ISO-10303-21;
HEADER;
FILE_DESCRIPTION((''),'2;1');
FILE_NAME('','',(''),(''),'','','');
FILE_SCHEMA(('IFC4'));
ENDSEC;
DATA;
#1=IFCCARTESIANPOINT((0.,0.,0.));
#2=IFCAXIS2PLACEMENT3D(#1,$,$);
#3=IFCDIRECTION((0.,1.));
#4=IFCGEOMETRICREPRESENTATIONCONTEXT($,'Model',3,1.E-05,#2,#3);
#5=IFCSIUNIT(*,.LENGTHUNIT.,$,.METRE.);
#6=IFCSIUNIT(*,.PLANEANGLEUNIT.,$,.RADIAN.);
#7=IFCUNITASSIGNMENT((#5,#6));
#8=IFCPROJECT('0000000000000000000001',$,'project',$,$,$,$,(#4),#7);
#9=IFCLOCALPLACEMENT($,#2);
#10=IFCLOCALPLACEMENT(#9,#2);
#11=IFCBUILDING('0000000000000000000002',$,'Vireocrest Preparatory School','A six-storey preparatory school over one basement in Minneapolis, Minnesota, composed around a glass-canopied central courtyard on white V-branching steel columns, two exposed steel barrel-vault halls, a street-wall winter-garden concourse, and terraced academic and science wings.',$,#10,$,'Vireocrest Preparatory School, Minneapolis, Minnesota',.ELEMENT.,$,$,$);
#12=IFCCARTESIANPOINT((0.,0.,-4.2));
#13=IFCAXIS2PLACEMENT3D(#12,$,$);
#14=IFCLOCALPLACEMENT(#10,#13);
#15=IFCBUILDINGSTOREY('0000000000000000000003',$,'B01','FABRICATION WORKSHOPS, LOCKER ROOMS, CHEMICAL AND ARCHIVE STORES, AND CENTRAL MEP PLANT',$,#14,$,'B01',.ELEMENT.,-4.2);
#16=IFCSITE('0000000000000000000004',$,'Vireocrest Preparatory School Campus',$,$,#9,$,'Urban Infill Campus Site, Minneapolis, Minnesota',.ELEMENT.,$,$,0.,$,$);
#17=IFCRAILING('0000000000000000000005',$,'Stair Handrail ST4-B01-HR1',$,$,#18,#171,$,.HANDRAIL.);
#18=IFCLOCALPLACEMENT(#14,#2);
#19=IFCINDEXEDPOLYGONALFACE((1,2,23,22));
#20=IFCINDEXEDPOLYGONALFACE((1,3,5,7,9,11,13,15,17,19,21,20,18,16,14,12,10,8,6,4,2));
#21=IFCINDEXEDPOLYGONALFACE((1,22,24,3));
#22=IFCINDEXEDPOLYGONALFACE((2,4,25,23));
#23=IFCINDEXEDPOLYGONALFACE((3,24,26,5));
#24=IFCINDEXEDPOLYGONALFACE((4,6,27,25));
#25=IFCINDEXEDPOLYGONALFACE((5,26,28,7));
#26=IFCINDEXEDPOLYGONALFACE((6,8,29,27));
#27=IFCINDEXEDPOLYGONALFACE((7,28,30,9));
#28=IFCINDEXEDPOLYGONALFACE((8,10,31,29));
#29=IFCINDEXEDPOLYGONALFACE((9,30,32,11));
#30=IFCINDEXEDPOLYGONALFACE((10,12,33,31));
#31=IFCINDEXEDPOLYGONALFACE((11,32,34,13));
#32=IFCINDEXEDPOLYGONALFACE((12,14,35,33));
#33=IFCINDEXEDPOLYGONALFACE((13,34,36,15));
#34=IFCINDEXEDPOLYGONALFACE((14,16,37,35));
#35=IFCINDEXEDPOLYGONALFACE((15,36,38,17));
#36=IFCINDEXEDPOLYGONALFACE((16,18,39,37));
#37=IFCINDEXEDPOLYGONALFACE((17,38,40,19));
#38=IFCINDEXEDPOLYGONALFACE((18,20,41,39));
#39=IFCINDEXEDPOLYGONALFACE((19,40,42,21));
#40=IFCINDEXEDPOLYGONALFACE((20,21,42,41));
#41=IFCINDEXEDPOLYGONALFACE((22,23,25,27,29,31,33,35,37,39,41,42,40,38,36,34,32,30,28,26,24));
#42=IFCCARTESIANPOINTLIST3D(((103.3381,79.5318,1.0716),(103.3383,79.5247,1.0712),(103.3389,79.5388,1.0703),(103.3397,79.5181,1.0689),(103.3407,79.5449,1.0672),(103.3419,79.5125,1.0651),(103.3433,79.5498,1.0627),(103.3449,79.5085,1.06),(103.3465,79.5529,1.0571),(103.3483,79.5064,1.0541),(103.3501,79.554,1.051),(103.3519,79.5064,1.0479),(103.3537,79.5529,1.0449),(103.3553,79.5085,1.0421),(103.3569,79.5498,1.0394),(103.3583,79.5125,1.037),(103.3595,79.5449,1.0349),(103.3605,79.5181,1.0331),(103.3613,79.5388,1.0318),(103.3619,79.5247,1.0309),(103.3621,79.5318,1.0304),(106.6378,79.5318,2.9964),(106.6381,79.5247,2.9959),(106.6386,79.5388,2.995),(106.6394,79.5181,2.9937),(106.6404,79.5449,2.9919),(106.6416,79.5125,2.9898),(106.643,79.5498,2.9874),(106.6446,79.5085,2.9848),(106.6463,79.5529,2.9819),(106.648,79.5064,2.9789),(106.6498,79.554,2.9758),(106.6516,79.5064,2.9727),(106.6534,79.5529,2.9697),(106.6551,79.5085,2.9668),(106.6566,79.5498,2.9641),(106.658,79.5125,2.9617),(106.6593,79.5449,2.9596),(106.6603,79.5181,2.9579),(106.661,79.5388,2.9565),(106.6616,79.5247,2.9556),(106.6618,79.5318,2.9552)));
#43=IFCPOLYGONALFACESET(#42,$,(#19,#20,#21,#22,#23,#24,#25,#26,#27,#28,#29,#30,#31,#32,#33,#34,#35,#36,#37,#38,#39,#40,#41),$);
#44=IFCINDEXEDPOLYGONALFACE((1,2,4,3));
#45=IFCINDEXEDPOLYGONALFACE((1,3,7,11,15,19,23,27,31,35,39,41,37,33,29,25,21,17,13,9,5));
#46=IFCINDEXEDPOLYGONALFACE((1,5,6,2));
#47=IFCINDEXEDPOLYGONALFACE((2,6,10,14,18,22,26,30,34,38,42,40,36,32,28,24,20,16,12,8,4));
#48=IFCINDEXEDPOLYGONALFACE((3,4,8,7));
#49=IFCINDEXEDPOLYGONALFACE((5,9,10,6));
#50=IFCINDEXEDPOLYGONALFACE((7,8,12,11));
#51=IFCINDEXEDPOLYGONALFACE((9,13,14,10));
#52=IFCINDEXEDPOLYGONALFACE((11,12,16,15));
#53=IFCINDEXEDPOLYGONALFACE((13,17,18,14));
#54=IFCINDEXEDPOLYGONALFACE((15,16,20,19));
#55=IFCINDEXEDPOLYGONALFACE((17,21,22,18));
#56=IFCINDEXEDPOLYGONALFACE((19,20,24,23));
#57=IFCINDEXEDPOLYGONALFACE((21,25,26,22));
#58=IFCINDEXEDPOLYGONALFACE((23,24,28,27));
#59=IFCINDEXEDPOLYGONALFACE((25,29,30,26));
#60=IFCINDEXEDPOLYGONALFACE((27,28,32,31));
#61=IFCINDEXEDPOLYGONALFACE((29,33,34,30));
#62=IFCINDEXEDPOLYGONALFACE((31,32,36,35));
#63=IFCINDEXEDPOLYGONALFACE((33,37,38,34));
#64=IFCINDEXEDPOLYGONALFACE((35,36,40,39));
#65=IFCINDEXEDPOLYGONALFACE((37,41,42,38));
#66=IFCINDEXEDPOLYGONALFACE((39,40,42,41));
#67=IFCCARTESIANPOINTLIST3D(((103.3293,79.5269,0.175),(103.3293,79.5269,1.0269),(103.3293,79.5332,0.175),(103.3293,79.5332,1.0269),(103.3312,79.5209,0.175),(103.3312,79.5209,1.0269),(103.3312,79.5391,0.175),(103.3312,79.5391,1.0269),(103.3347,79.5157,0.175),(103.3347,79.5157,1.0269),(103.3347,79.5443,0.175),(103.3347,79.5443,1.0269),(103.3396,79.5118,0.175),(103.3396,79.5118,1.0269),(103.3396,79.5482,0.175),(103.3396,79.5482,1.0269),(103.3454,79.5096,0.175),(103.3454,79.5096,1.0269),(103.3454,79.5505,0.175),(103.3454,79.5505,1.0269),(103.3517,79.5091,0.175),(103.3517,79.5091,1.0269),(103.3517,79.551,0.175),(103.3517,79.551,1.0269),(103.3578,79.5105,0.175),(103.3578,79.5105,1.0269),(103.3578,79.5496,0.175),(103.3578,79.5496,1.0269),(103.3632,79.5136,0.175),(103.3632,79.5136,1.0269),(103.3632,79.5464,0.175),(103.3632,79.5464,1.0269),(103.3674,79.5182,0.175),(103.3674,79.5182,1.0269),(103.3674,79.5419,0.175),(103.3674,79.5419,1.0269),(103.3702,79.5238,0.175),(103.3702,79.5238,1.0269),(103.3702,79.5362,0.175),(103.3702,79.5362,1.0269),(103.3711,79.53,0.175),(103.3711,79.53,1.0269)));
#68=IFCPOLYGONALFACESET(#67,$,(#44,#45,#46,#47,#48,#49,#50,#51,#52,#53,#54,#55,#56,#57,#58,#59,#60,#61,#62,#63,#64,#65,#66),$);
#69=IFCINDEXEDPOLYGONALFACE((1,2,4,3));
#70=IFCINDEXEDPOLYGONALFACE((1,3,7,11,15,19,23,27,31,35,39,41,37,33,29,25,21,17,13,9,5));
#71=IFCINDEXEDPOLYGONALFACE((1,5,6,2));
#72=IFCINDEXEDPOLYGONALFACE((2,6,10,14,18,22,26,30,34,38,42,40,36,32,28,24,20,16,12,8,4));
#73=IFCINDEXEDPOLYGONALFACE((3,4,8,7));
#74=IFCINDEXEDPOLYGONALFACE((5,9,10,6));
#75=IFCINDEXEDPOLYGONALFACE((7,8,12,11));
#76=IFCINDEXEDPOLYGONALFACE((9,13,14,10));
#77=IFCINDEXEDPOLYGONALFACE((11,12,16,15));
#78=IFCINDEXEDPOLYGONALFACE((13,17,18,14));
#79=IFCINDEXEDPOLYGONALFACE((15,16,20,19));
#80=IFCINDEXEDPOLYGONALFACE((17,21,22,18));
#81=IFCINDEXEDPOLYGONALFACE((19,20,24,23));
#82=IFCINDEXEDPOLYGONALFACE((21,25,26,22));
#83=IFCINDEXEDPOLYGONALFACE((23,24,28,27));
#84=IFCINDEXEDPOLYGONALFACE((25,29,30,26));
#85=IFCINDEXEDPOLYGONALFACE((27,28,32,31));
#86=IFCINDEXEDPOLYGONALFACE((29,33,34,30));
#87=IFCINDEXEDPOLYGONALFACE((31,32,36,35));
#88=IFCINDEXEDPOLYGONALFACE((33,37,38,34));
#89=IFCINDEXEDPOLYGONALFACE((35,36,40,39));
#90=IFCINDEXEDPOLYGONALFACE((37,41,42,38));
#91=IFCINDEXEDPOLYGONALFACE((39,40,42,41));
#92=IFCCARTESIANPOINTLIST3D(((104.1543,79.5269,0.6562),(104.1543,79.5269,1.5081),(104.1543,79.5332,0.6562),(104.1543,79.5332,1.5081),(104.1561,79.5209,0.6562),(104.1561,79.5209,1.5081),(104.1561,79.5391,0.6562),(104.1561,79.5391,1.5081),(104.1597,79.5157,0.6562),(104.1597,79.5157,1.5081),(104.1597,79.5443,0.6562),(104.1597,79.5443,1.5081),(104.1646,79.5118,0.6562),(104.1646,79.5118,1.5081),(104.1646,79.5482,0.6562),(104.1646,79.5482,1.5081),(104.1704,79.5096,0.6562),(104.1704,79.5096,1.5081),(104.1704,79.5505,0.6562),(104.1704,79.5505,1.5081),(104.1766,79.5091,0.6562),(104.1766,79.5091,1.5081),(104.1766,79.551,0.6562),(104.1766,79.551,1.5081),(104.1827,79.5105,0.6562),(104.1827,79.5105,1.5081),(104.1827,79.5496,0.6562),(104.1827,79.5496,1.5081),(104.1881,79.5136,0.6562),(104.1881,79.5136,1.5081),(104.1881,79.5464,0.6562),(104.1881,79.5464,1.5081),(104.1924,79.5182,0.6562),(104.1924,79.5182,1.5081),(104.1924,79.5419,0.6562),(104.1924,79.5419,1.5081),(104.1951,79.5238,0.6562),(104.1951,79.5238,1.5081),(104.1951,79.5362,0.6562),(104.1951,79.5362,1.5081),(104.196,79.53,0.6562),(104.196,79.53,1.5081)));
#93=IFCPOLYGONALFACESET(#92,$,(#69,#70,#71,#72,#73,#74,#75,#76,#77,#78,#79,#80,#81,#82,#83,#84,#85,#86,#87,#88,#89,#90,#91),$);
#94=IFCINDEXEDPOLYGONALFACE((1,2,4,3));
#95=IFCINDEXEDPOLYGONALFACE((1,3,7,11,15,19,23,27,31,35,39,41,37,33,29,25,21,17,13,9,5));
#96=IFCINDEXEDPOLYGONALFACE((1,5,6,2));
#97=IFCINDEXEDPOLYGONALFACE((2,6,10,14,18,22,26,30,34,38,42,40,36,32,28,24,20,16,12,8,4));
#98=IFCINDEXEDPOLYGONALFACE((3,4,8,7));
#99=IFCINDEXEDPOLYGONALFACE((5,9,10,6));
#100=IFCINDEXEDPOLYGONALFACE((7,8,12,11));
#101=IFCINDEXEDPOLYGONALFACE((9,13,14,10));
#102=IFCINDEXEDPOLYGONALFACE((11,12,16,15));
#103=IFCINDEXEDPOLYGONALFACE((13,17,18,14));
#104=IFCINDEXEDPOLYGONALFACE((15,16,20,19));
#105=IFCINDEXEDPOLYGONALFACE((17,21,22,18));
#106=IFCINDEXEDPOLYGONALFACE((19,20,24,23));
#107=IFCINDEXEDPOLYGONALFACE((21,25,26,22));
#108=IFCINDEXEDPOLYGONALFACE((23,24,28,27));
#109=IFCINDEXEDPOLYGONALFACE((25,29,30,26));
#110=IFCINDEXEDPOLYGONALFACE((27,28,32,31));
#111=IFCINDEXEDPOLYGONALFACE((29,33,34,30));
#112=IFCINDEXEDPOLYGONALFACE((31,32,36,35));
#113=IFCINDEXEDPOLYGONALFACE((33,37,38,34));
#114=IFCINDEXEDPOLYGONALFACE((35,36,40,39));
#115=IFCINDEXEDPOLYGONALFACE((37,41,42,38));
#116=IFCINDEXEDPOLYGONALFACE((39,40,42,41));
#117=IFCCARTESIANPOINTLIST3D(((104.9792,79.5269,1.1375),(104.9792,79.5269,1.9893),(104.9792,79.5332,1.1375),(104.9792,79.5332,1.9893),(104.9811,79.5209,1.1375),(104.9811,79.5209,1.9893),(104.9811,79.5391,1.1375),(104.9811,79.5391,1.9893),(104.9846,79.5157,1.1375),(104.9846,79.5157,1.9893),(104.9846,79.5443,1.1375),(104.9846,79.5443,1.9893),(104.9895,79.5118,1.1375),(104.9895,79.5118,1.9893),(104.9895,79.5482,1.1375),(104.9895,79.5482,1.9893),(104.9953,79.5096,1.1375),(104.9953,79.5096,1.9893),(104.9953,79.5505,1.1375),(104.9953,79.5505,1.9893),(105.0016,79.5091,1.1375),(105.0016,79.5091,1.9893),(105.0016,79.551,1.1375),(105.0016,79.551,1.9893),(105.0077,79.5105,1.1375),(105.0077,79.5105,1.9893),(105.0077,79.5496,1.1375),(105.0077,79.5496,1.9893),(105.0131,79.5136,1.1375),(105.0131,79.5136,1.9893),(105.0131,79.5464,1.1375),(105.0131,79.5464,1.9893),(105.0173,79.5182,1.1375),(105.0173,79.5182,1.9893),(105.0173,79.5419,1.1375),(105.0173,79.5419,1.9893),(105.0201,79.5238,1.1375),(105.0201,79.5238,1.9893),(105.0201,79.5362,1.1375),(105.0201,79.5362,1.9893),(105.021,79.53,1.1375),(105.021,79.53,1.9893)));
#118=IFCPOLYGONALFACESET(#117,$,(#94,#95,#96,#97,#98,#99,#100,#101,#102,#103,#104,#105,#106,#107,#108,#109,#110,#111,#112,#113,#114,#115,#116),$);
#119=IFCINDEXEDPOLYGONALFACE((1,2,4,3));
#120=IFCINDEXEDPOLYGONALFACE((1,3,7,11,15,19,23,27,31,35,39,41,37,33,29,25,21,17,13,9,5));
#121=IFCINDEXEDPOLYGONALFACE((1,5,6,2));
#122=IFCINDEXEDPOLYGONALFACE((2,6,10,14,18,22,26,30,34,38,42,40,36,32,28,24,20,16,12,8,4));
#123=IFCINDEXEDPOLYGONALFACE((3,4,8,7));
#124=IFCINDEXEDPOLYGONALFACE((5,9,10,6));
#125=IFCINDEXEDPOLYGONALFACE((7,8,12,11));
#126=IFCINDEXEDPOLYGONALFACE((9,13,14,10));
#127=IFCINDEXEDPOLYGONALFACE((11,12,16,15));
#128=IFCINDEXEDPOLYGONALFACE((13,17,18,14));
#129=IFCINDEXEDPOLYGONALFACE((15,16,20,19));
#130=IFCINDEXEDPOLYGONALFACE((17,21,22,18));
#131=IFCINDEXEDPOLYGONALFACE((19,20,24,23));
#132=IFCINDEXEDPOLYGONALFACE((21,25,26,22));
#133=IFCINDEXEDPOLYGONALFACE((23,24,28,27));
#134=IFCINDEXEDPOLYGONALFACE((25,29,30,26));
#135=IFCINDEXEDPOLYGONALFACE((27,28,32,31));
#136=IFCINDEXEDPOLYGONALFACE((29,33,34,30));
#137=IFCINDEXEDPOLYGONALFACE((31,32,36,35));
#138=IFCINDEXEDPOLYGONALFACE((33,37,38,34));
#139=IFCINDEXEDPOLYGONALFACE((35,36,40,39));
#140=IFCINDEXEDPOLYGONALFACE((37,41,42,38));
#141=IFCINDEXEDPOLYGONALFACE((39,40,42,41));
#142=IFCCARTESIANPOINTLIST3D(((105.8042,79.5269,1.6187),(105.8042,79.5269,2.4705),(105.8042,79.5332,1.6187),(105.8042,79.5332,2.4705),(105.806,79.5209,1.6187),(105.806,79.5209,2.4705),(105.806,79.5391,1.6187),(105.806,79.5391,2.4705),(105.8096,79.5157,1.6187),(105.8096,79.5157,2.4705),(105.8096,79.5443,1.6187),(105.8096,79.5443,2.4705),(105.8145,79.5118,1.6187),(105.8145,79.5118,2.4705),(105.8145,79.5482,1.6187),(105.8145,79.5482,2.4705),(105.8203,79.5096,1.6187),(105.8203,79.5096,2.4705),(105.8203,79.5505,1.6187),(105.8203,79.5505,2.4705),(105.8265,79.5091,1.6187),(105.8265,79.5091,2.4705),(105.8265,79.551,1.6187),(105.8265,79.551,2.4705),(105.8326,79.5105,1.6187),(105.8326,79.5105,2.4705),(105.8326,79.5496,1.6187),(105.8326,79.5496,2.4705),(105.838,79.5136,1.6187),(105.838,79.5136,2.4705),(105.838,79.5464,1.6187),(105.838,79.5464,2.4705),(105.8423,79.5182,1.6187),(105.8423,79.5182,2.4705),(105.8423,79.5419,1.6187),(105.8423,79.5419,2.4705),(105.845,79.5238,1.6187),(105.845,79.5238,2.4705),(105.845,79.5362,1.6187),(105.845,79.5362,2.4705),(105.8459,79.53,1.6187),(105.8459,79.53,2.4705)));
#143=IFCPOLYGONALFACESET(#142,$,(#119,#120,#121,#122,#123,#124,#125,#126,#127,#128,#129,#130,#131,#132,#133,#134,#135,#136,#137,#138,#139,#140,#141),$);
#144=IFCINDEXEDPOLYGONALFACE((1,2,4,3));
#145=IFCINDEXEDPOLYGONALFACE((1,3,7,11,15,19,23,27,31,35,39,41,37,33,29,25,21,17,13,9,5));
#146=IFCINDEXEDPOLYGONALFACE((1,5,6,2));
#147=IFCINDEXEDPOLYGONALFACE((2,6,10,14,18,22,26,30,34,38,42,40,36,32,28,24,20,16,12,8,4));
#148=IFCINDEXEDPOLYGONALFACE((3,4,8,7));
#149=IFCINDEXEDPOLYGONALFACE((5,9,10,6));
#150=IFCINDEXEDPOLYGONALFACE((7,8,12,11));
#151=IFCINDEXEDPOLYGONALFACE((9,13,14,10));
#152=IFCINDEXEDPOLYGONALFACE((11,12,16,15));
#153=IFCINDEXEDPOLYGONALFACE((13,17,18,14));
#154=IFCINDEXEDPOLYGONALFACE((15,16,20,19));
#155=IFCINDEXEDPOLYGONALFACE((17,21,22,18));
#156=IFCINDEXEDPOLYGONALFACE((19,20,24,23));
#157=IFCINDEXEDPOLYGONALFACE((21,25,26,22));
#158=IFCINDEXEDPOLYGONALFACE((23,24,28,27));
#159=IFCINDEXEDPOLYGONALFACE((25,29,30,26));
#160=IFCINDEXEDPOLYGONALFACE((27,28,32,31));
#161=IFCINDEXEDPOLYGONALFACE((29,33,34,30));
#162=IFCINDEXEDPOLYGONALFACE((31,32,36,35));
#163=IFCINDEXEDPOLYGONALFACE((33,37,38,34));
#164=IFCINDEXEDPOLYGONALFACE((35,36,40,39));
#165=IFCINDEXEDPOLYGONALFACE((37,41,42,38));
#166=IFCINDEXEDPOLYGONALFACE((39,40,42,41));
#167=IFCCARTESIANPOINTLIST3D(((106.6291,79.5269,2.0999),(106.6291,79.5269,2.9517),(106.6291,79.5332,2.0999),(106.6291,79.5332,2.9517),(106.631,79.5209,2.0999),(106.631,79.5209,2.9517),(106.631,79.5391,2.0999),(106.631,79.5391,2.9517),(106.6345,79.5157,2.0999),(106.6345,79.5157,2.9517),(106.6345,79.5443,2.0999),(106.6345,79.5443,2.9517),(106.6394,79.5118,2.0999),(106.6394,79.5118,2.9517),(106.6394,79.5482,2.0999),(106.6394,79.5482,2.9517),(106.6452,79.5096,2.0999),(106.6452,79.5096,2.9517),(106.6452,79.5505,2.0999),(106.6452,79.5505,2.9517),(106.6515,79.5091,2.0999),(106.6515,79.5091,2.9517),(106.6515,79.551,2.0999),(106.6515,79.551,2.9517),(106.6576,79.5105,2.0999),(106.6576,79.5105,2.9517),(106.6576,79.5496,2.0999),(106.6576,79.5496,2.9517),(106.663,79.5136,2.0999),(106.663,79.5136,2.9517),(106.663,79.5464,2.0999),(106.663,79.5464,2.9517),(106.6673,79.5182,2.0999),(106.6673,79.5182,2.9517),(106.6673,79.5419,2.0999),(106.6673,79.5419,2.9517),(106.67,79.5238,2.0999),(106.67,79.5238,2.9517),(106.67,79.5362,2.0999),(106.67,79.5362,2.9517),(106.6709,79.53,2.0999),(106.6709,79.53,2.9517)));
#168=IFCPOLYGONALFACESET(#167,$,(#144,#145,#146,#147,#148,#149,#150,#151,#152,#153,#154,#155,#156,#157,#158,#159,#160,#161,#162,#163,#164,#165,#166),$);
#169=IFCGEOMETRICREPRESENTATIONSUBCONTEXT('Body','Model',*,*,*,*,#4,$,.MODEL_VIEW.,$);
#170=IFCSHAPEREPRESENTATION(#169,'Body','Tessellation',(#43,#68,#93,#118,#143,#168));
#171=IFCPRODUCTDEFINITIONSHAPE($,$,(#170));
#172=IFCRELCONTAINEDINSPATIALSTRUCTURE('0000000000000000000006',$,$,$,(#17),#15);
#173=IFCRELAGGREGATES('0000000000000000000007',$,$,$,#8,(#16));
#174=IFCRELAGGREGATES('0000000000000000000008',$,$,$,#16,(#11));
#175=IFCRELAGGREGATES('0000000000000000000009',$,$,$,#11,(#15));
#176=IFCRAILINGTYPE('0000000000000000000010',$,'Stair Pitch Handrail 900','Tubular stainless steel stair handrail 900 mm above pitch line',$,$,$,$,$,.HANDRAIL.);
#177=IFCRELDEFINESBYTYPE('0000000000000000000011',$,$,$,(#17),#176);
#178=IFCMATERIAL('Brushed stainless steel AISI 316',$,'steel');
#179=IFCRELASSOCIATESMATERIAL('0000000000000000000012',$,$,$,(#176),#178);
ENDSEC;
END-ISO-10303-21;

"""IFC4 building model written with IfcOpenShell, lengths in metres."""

from ifc_helpers import new_model, si_unit, direction, frame, origin, origin_2d, place, context, subcontext, project, spatial, circle, extrude, material, type_object, element, save


model = new_model("IFC4")

# Units and contexts
model_context = context("Model", 3, precision=1e-05, world=origin(), true_north=direction((0.0, 1.0)))
body_context = subcontext(model_context, "Body", "Model", "MODEL_VIEW")
ifc_project = project(units=[si_unit("LENGTHUNIT", "METRE"), si_unit("PLANEANGLEUNIT", "RADIAN")], contexts=[model_context])

# Site, building, storey
site_placement = place(None, origin())
site = spatial("IfcSite", under=ifc_project, at=site_placement, Name="Vireocrest Preparatory School Campus", LongName="Urban Infill Campus Site, Minneapolis, Minnesota", CompositionType="ELEMENT", RefElevation=0.0)
building_placement = place(site_placement, origin())
building = spatial("IfcBuilding", under=site, at=building_placement, Name="Vireocrest Preparatory School", Description="A six-storey preparatory school over one basement in Minneapolis, Minnesota, composed around a glass-canopied central courtyard on white V-branching steel columns, two exposed steel barrel-vault halls, a street-wall winter-garden concourse, and terraced academic and science wings.", LongName="Vireocrest Preparatory School, Minneapolis, Minnesota", CompositionType="ELEMENT")
storey_placement = place(building_placement, frame((0.0, 0.0, -4.2)))
storey = spatial("IfcBuildingStorey", under=building, at=storey_placement, Name="B01", Description="FABRICATION WORKSHOPS, LOCKER ROOMS, CHEMICAL AND ARCHIVE STORES, AND CENTRAL MEP PLANT", LongName="B01", CompositionType="ELEMENT", Elevation=-4.2)

# Railing
ifc_material_1 = material(Name="Brushed stainless steel AISI 316", Category="steel")
railing_type_1 = type_object("IfcRailingType", Name="Stair Pitch Handrail 900", Description="Tubular stainless steel stair handrail 900 mm above pitch line", PredefinedType="HANDRAIL", material=ifc_material_1)
railing_1_placement = place(storey_placement, frame((103.3501, 79.53, 0.175)))
element("IfcRailing", 1, at=railing_1_placement, inside=storey, type_object=railing_type_1, Name="Stair Handrail ST4-B01-HR1", PredefinedType="HANDRAIL", context=body_context, shape_type="SweptSolid", body=[
    extrude(circle(Radius=0.0239, at=origin_2d()), frame((0.0, 0.0, 0.876), z_axis=(0.863788, 0.0, 0.503855), x_axis=(0.0, 1.0, 0.0)), (0.0, 0.0, 1.0), 3.8201),
    extrude(circle(Radius=0.021, at=origin_2d()), origin(), (0.0, 0.0, 1.0), 0.8518),
    extrude(circle(Radius=0.021, at=origin_2d()), frame((0.825, 0.0, 0.4812)), (0.0, 0.0, 1.0), 0.8518),
    extrude(circle(Radius=0.021, at=origin_2d()), frame((1.6499, 0.0, 0.9624)), (0.0, 0.0, 1.0), 0.8518),
    extrude(circle(Radius=0.021, at=origin_2d()), frame((2.4749, 0.0, 1.4436)), (0.0, 0.0, 1.0), 0.8518),
    extrude(circle(Radius=0.021, at=origin_2d()), frame((3.2998, 0.0, 1.9248)), (0.0, 0.0, 1.0), 0.8518),
])

save(model, "model.ifc")
